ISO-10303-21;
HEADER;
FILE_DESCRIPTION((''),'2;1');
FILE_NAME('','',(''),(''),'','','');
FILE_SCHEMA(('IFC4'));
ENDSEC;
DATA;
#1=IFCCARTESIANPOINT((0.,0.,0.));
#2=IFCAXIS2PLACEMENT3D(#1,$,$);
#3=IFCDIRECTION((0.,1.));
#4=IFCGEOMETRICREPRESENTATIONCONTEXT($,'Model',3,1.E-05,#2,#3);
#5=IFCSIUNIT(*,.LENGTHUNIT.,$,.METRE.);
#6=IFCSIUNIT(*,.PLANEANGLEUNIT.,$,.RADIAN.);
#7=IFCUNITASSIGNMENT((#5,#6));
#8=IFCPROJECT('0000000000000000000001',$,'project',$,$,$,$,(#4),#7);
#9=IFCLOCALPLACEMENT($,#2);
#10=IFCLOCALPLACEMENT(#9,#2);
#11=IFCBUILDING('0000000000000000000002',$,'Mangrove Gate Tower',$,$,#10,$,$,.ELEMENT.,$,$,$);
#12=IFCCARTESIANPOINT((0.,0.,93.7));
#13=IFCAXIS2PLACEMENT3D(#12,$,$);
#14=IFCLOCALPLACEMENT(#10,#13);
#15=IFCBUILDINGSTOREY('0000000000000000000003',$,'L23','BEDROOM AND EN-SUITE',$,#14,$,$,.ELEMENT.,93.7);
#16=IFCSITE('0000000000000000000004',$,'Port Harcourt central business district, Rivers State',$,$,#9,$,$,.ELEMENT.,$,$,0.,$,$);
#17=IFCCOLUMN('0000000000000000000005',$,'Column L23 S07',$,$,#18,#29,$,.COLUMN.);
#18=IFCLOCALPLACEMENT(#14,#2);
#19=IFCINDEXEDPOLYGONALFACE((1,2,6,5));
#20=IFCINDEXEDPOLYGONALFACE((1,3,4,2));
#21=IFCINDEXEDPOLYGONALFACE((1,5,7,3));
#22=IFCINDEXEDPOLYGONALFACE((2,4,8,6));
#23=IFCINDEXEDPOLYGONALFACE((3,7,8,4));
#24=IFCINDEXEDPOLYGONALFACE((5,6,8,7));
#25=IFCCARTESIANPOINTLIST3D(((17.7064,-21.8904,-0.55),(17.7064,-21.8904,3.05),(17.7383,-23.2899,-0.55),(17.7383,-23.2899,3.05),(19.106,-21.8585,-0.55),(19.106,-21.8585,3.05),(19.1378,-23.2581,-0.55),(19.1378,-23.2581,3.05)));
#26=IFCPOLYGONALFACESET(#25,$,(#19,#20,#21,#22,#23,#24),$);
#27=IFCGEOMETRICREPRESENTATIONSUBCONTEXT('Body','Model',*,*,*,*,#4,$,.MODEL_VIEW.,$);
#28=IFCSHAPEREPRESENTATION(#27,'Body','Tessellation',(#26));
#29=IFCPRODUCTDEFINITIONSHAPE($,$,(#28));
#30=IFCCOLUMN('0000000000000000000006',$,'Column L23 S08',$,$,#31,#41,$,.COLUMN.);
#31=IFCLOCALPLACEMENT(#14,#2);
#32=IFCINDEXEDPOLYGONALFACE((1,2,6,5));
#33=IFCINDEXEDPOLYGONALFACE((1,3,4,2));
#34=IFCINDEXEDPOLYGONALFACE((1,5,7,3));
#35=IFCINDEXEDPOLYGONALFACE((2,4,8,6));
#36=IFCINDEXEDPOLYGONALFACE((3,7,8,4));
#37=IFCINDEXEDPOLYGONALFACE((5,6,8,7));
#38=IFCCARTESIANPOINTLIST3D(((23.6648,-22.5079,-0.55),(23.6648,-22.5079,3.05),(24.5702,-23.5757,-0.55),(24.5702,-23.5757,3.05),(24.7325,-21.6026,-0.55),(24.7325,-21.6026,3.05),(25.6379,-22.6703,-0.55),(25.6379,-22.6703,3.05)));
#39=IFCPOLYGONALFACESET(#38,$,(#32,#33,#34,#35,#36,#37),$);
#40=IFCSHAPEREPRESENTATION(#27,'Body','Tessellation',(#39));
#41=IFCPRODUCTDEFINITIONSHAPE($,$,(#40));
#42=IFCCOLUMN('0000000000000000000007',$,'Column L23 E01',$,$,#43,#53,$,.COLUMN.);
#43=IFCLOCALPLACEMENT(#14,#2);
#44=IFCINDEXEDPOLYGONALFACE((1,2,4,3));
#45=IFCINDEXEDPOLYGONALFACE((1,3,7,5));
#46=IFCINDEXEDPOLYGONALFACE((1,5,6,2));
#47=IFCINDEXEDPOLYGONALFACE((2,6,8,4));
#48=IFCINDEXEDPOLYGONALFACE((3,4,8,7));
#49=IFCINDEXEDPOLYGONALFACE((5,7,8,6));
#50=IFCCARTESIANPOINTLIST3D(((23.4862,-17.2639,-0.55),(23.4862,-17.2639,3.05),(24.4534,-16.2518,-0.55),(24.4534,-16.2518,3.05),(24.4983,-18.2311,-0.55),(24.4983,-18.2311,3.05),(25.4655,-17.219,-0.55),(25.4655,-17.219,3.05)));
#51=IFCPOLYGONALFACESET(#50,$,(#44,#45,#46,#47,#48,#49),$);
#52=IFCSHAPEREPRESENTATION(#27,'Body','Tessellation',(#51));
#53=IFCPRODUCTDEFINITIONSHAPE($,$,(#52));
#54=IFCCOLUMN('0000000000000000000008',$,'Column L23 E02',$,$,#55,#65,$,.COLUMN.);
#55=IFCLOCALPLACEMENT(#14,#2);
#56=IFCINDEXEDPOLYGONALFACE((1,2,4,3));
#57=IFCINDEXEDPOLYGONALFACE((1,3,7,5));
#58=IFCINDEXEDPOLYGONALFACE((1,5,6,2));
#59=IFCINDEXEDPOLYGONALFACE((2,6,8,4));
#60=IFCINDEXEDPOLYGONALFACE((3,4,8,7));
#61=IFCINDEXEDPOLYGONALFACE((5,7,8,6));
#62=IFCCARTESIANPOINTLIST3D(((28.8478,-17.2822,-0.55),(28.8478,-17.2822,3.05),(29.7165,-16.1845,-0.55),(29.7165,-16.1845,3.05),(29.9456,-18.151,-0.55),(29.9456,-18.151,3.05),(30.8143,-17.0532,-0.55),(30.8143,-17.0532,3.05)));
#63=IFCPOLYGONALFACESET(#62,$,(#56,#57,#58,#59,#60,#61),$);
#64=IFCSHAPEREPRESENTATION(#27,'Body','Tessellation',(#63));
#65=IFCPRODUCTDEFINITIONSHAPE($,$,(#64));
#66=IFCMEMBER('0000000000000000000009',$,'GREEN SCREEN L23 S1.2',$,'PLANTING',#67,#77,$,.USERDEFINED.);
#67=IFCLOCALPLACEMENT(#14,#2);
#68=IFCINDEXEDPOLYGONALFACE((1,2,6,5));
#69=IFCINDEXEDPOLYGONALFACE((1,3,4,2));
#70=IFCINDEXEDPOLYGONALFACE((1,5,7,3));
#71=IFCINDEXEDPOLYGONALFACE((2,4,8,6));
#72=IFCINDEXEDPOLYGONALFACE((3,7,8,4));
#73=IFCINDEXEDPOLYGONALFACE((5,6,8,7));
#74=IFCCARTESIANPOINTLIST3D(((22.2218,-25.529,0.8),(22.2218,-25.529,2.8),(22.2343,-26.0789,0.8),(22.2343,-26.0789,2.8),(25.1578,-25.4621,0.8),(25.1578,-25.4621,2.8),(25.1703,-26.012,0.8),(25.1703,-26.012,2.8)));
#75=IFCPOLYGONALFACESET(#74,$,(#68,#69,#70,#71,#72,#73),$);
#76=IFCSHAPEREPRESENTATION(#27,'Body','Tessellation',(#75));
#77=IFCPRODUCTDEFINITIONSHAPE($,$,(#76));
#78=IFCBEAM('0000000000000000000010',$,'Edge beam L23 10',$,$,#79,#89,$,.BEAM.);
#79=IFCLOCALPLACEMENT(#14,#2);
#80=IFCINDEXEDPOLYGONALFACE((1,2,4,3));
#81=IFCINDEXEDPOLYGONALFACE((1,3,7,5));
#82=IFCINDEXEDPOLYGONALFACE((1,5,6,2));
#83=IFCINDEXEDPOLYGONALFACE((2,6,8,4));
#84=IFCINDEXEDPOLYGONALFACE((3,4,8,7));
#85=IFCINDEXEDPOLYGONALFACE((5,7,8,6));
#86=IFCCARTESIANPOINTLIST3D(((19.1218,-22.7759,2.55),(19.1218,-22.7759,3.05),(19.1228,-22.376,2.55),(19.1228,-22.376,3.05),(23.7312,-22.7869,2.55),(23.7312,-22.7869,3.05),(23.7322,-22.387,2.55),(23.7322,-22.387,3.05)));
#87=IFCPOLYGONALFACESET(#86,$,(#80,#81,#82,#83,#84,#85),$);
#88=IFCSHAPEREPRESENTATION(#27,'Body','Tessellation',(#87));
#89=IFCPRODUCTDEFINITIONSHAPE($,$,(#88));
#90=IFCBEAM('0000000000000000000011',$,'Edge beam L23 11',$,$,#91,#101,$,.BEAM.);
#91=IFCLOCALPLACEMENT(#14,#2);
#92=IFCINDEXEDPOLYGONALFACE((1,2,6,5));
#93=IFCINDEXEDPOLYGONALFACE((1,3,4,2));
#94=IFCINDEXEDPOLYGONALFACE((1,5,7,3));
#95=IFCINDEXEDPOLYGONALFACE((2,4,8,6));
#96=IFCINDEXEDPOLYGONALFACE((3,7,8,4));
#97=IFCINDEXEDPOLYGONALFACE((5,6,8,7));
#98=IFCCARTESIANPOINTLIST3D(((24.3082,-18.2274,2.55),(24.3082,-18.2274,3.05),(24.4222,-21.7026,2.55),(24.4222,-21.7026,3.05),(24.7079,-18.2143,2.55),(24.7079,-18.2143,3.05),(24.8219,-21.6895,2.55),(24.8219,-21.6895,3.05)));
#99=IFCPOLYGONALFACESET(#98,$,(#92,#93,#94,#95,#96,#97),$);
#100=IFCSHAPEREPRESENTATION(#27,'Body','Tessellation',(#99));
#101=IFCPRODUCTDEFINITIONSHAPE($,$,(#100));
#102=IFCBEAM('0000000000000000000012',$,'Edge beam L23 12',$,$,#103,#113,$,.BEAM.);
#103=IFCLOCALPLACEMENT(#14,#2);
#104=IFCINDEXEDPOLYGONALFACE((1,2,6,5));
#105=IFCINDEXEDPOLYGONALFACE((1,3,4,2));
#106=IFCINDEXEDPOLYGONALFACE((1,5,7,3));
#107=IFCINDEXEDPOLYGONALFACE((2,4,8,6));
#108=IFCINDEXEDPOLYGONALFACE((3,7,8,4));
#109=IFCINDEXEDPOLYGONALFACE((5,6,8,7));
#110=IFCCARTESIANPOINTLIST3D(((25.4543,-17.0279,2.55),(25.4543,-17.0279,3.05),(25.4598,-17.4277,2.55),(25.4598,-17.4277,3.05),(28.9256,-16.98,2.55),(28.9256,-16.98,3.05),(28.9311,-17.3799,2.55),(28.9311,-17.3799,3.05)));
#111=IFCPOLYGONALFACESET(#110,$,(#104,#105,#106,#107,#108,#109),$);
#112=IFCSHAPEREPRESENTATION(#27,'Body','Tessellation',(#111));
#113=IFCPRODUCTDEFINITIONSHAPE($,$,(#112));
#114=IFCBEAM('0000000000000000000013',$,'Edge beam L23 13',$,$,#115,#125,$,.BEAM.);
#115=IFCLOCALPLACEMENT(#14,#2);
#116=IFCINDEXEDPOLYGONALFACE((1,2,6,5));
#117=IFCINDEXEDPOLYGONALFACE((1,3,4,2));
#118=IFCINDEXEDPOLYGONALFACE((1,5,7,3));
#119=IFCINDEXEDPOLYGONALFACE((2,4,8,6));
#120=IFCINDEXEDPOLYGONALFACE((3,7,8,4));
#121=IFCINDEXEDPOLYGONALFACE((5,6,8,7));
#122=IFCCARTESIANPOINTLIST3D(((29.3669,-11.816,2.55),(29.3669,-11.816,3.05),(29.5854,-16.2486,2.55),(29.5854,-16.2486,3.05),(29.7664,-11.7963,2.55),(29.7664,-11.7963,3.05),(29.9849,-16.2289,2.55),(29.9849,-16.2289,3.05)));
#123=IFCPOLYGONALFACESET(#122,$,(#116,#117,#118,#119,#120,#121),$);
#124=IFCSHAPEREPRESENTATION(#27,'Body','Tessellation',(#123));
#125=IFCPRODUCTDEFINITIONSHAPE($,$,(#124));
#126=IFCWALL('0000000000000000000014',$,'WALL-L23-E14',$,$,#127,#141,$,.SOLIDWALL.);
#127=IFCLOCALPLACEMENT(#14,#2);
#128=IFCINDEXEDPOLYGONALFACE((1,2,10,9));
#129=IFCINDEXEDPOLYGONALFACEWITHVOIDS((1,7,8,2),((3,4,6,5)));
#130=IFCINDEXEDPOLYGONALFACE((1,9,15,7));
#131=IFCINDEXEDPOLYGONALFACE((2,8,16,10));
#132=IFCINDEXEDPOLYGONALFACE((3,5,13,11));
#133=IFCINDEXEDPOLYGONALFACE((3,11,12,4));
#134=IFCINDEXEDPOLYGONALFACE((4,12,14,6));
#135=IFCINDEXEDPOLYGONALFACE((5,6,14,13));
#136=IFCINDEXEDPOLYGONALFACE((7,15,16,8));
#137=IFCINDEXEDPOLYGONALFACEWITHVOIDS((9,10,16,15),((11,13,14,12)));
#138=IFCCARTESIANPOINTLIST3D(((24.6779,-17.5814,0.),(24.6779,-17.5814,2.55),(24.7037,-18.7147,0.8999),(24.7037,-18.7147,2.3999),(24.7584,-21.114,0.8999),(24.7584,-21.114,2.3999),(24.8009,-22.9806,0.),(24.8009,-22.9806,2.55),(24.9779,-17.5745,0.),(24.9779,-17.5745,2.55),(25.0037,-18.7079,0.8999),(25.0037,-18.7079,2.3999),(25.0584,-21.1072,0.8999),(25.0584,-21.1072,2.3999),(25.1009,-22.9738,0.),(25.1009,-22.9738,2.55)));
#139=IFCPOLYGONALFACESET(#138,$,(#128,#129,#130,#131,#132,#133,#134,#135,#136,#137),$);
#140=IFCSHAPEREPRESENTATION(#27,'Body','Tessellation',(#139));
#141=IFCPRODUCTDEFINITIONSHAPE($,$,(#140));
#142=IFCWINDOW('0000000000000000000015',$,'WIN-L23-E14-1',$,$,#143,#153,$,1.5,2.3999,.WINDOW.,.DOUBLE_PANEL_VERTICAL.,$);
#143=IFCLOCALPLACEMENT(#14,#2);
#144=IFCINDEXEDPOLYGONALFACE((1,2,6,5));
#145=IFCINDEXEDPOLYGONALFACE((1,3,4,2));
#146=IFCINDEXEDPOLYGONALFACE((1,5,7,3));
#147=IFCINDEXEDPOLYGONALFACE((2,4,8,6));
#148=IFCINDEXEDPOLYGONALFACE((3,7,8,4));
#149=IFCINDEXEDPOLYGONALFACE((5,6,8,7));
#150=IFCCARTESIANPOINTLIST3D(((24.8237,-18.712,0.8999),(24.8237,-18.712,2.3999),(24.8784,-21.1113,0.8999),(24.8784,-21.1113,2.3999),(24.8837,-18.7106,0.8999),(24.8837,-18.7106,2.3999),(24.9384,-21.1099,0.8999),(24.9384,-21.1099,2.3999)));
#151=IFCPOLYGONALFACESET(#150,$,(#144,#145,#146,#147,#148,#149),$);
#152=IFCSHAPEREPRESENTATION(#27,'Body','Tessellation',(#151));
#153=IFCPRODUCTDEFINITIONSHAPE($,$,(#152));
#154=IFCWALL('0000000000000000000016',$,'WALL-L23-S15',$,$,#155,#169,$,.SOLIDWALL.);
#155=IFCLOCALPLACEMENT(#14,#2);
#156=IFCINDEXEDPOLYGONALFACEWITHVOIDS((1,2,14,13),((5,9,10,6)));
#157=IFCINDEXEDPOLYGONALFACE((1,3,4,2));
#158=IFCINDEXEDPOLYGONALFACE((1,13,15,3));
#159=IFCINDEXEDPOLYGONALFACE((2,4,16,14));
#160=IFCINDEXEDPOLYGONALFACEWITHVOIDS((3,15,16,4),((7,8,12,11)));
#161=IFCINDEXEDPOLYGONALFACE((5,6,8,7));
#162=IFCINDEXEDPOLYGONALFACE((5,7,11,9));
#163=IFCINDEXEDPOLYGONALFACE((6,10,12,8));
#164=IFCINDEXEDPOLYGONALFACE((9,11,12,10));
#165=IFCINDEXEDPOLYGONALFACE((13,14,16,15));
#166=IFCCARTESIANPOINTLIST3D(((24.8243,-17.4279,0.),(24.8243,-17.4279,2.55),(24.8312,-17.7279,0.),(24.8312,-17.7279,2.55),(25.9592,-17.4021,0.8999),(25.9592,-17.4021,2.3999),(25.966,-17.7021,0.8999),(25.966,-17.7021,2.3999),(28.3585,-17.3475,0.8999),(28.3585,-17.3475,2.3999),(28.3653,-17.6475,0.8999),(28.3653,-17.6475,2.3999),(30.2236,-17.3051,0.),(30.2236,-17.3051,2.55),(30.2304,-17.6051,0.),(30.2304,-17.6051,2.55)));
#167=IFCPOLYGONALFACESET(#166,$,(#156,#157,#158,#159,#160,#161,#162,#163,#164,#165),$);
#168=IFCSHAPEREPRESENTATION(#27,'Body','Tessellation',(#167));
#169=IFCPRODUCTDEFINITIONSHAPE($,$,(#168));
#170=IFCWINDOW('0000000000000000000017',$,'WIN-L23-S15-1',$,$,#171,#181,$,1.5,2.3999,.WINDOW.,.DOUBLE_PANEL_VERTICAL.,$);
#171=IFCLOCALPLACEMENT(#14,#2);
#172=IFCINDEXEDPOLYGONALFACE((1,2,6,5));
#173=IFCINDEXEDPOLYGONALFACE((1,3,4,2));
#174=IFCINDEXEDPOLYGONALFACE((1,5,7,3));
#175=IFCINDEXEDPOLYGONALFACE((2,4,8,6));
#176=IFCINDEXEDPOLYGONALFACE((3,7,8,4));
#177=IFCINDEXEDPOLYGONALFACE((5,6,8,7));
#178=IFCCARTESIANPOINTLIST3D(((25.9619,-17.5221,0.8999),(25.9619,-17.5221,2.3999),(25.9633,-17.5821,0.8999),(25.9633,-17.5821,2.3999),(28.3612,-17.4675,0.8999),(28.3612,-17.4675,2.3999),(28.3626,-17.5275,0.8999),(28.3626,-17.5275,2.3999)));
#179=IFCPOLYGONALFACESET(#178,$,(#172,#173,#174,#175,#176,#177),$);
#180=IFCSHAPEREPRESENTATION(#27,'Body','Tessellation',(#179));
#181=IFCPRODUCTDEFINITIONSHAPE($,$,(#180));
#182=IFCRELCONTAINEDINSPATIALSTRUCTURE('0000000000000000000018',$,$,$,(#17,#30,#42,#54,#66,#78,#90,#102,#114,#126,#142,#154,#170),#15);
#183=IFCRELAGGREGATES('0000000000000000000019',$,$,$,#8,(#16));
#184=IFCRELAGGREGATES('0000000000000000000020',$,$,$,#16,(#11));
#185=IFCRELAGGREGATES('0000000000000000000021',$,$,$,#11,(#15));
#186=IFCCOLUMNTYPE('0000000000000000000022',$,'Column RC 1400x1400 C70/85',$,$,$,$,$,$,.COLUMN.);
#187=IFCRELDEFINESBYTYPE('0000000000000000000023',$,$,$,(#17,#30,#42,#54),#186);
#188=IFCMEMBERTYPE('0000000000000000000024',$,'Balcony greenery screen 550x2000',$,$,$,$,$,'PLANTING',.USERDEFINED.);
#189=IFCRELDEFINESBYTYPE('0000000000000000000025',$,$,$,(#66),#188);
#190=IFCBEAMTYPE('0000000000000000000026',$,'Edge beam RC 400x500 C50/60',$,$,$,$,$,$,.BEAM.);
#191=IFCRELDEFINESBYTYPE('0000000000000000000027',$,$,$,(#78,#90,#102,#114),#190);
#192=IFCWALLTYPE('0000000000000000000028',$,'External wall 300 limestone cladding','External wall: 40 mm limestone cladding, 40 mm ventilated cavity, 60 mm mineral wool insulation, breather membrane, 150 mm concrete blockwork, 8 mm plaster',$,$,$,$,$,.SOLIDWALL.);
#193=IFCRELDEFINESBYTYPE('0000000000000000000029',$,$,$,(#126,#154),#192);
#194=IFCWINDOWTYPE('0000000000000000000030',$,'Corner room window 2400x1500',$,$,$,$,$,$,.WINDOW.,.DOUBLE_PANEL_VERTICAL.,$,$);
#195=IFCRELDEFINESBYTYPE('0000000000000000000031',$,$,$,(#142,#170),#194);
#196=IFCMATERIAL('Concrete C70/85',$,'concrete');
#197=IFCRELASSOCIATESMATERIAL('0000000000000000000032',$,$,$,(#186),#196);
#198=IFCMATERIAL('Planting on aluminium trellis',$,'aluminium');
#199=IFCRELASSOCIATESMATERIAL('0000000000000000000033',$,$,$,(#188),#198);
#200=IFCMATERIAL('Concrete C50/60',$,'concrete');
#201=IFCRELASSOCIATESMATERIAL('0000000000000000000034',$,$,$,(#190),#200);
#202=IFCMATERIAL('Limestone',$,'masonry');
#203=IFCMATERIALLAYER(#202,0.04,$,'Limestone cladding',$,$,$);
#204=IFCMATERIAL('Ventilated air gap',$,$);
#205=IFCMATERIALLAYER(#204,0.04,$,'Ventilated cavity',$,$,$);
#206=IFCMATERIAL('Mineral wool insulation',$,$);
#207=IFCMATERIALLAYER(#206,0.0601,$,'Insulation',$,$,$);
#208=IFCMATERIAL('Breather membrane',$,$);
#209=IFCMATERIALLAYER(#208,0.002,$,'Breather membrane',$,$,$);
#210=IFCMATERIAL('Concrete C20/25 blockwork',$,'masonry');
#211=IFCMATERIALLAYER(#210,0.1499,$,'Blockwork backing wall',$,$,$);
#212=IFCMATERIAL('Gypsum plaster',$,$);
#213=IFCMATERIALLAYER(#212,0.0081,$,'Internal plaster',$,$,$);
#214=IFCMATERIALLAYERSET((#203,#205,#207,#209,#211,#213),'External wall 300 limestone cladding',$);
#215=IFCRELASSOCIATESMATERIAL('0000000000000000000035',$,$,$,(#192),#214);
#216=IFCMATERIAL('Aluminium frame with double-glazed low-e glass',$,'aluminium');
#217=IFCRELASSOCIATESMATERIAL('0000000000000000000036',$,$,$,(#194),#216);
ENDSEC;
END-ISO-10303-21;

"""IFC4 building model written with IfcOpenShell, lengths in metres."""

from ifc_helpers import new_model, si_unit, direction, frame, frame_2d, origin, origin_2d, place, context, subcontext, project, spatial, rectangle, extrude, material, layer, layer_set, material_profile, profile_set, type_object, element, fill, save


model = new_model("IFC4")

# Units and contexts
model_context = context("Model", 3, precision=1e-05, world=origin(), true_north=direction((0.0, 1.0)))
body_context = subcontext(model_context, "Body", "Model", "MODEL_VIEW")
ifc_project = project(units=[si_unit("LENGTHUNIT", "METRE"), si_unit("PLANEANGLEUNIT", "RADIAN")], contexts=[model_context])

# Site, building, storey
site_placement = place(None, origin())
site = spatial("IfcSite", under=ifc_project, at=site_placement, Name="Port Harcourt central business district, Rivers State", CompositionType="ELEMENT", RefElevation=0.0)
building_placement = place(site_placement, origin())
building = spatial("IfcBuilding", under=site, at=building_placement, Name="Mangrove Gate Tower", CompositionType="ELEMENT")
storey_placement = place(building_placement, frame((0.0, 0.0, 93.7)))
storey = spatial("IfcBuildingStorey", under=building, at=storey_placement, Name="L23", Description="BEDROOM AND EN-SUITE", CompositionType="ELEMENT", Elevation=93.7)

# Columns
ifc_material_1 = material(Name="Concrete C70/85", Category="concrete")
ifc_material_profile_1 = material_profile(ifc_material_1, rectangle(XDim=1.3999, YDim=1.3999, at=origin_2d()))
ifc_profile_set_1 = profile_set([ifc_material_profile_1], Name="Concrete C70/85")
column_type = type_object("IfcColumnType", Name="Column RC 1400x1400 C70/85", PredefinedType="COLUMN", material=ifc_profile_set_1)
for number, where, z_axis, x_axis, name in (
    (1, (18.4221, -22.5742, -0.55), (0.0, 0.0, 1.0), (0.999742, 0.022723, 0.0), "Column L23 S07"),
    (2, (24.6514, -22.5891, -0.55), (0.0, 0.0, 1.0), (0.762709, 0.646741, 0.0), "Column L23 S08"),
    (3, (24.4758, -17.2415, -0.55), (0.0, 0.0, 1.0), (0.690884, 0.722966, 0.0), "Column L23 E01"),
    (4, (29.8311, -17.1677, -0.55), (0.0, 0.0, 1.0), (0.620564, 0.784156, 0.0), "Column L23 E02"),
):
    element("IfcColumn", number, at=place(storey_placement, frame(where, z_axis=z_axis, x_axis=x_axis)), inside=storey, type_object=column_type, Name=name, PredefinedType="COLUMN", context=body_context, shape_type="SweptSolid", body=[
        extrude(rectangle(XDim=1.3999, YDim=1.3999, at=origin_2d()), origin(), (0.0, 0.0, 1.0), 3.6001),
    ])

# Member
ifc_material_2 = material(Name="Planting on aluminium trellis", Category="aluminium")
ifc_material_profile_2 = material_profile(ifc_material_2, rectangle(XDim=0.55, YDim=2.0, at=origin_2d()))
ifc_profile_set_2 = profile_set([ifc_material_profile_2], Name="Planting on aluminium trellis")
member_type = type_object("IfcMemberType", Name="Balcony greenery screen 550x2000", ElementType="PLANTING", PredefinedType="USERDEFINED", material=ifc_profile_set_2)
member_placement = place(storey_placement, frame((22.228, -25.804, 1.8), z_axis=(0.999741, 0.022778, 0.0), x_axis=(-0.022778, 0.999741, 0.0)))
element("IfcMember", 5, at=member_placement, inside=storey, type_object=member_type, Name="GREEN SCREEN L23 S1.2", ObjectType="PLANTING", PredefinedType="USERDEFINED", context=body_context, shape_type="SweptSolid", body=[
    extrude(rectangle(XDim=0.55, YDim=2.0, at=origin_2d()), origin(), (0.0, 0.0, 1.0), 2.9368),
])

# Beams
ifc_material_3 = material(Name="Concrete C50/60", Category="concrete")
ifc_material_profile_3 = material_profile(ifc_material_3, rectangle(XDim=0.3999, YDim=0.5, at=origin_2d()))
ifc_profile_set_3 = profile_set([ifc_material_profile_3], Name="Concrete C50/60")
beam_type = type_object("IfcBeamType", Name="Edge beam RC 400x500 C50/60", PredefinedType="BEAM", material=ifc_profile_set_3)
beam_1_placement = place(storey_placement, frame((19.1223, -22.5759, 2.8), z_axis=(0.999997, -0.002383, 0.0), x_axis=(0.002383, 0.999997, 0.0)))
element("IfcBeam", 6, at=beam_1_placement, inside=storey, type_object=beam_type, Name="Edge beam L23 10", PredefinedType="BEAM", context=body_context, shape_type="SweptSolid", body=[
    extrude(rectangle(XDim=0.3999, YDim=0.5, at=origin_2d()), origin(), (0.0, 0.0, 1.0), 4.6094),
])
beam_2_placement = place(storey_placement, frame((24.6221, -21.696, 2.8), z_axis=(-0.032791, 0.999462, 0.0), x_axis=(-0.999462, -0.032791, 0.0)))
element("IfcBeam", 7, at=beam_2_placement, inside=storey, type_object=beam_type, Name="Edge beam L23 11", PredefinedType="BEAM", context=body_context, shape_type="SweptSolid", body=[
    extrude(rectangle(XDim=0.3999, YDim=0.5, at=origin_2d()), origin(), (0.0, 0.0, 1.0), 3.4771),
])
beam_3_placement = place(storey_placement, frame((25.457, -17.2278, 2.8), z_axis=(0.999905, 0.013783, 0.0), x_axis=(-0.013783, 0.999905, 0.0)))
element("IfcBeam", 8, at=beam_3_placement, inside=storey, type_object=beam_type, Name="Edge beam L23 12", PredefinedType="BEAM", context=body_context, shape_type="SweptSolid", body=[
    extrude(rectangle(XDim=0.3999, YDim=0.5, at=origin_2d()), origin(), (0.0, 0.0, 1.0), 3.4717),
])
beam_4_placement = place(storey_placement, frame((29.7852, -16.2388, 2.8), z_axis=(-0.049235, 0.998787, 0.0), x_axis=(-0.998787, -0.049235, 0.0)))
element("IfcBeam", 9, at=beam_4_placement, inside=storey, type_object=beam_type, Name="Edge beam L23 13", PredefinedType="BEAM", context=body_context, shape_type="SweptSolid", body=[
    extrude(rectangle(XDim=0.3999, YDim=0.5, at=origin_2d()), origin(), (0.0, 0.0, 1.0), 4.438),
])

# Shared definitions
ifc_material_4 = material(Name="Limestone", Category="masonry")
ifc_layer_1 = layer(ifc_material_4, 0.04, Name="Limestone cladding")
ifc_material_5 = material(Name="Ventilated air gap")
ifc_layer_2 = layer(ifc_material_5, 0.04, Name="Ventilated cavity")
ifc_material_6 = material(Name="Mineral wool insulation")
ifc_layer_3 = layer(ifc_material_6, 0.0601, Name="Insulation")
ifc_material_7 = material(Name="Breather membrane")
ifc_layer_4 = layer(ifc_material_7, 0.002, Name="Breather membrane")
ifc_material_8 = material(Name="Concrete C20/25 blockwork", Category="masonry")
ifc_layer_5 = layer(ifc_material_8, 0.1499, Name="Blockwork backing wall")
ifc_material_9 = material(Name="Gypsum plaster")
ifc_layer_6 = layer(ifc_material_9, 0.0081, Name="Internal plaster")
ifc_layer_set_1 = layer_set([ifc_layer_1, ifc_layer_2, ifc_layer_3, ifc_layer_4, ifc_layer_5, ifc_layer_6], Name="External wall 300 limestone cladding")
wall_type_1 = type_object("IfcWallType", Name="External wall 300 limestone cladding", Description="External wall: 40 mm limestone cladding, 40 mm ventilated cavity, 60 mm mineral wool insulation, breather membrane, 150 mm concrete blockwork, 8 mm plaster", PredefinedType="SOLIDWALL", material=ifc_layer_set_1)

# Walls, openings, windows
wall_1_placement = place(storey_placement, frame((24.9509, -22.9771, 0.0), z_axis=(0.0, 0.0, 1.0), x_axis=(-0.022784, 0.99974, 0.0)))
wall_1 = element("IfcWall", 10, at=wall_1_placement, inside=storey, type_object=wall_type_1, Name="WALL-L23-E14", PredefinedType="SOLIDWALL", context=body_context, shape_type="SweptSolid", body=[
    extrude(rectangle(XDim=5.4006, YDim=0.3, at=frame_2d((2.7002, 0.0))), origin(), (0.0, 0.0, 1.0), 2.55),
])
opening_1_placement = place(wall_1_placement, frame((1.8669, 0.0, 0.8999)))
opening_1 = element("IfcOpeningElement", 11, at=opening_1_placement, cuts=wall_1, PredefinedType="OPENING", context=body_context, shape_type="SweptSolid", body=[
    extrude(rectangle(XDim=2.3999, YDim=1.5, at=frame_2d((1.2, 0.75))), frame((0.0, 0.1599, 0.0), z_axis=(0.0, -1.0, 0.0), x_axis=(1.0, 0.0, 0.0)), (0.0, 0.0, 1.0), 0.3201),
])
ifc_material_10 = material(Name="Aluminium frame with double-glazed low-e glass", Category="aluminium")
window_type_1 = type_object("IfcWindowType", Name="Corner room window 2400x1500", PartitioningType="DOUBLE_PANEL_VERTICAL", PredefinedType="WINDOW", material=ifc_material_10)
window_1_placement = place(opening_1_placement, origin())
window_1 = element("IfcWindow", 12, at=window_1_placement, inside=storey, type_object=window_type_1, Name="WIN-L23-E14-1", OverallHeight=1.5, OverallWidth=2.3999, PartitioningType="DOUBLE_PANEL_VERTICAL", PredefinedType="WINDOW", context=body_context, shape_type="SweptSolid", body=[
    extrude(rectangle(XDim=2.3999, YDim=1.5, at=frame_2d((1.2, 0.75))), frame((0.0, 0.03, 0.0), z_axis=(0.0, -1.0, 0.0), x_axis=(1.0, 0.0, 0.0)), (0.0, 0.0, 1.0), 0.0601),
])
fill(opening_1, window_1)
wall_2_placement = place(storey_placement, frame((24.8279, -17.5779, 0.0), z_axis=(0.0, 0.0, 1.0), x_axis=(0.999741, 0.022739, 0.0)))
wall_2 = element("IfcWall", 13, at=wall_2_placement, inside=storey, type_object=wall_type_1, Name="WALL-L23-S15", PredefinedType="SOLIDWALL", context=body_context, shape_type="SweptSolid", body=[
    extrude(rectangle(XDim=5.4006, YDim=0.3, at=frame_2d((2.7002, 0.0))), origin(), (0.0, 0.0, 1.0), 2.55),
])
opening_2_placement = place(wall_2_placement, frame((1.135, 0.0, 0.8999)))
opening_2 = element("IfcOpeningElement", 14, at=opening_2_placement, cuts=wall_2, PredefinedType="OPENING", context=body_context, shape_type="SweptSolid", body=[
    extrude(rectangle(XDim=2.3999, YDim=1.5, at=frame_2d((1.2, 0.75))), frame((0.0, 0.1599, 0.0), z_axis=(0.0, -1.0, 0.0), x_axis=(1.0, 0.0, 0.0)), (0.0, 0.0, 1.0), 0.3201),
])
window_2_placement = place(opening_2_placement, origin())
window_2 = element("IfcWindow", 15, at=window_2_placement, inside=storey, type_object=window_type_1, Name="WIN-L23-S15-1", OverallHeight=1.5, OverallWidth=2.3999, PartitioningType="DOUBLE_PANEL_VERTICAL", PredefinedType="WINDOW", context=body_context, shape_type="SweptSolid", body=[
    extrude(rectangle(XDim=2.3999, YDim=1.5, at=frame_2d((1.2, 0.75))), frame((0.0, 0.03, 0.0), z_axis=(0.0, -1.0, 0.0), x_axis=(1.0, 0.0, 0.0)), (0.0, 0.0, 1.0), 0.0601),
])
fill(opening_2, window_2)

save(model, "model.ifc")
